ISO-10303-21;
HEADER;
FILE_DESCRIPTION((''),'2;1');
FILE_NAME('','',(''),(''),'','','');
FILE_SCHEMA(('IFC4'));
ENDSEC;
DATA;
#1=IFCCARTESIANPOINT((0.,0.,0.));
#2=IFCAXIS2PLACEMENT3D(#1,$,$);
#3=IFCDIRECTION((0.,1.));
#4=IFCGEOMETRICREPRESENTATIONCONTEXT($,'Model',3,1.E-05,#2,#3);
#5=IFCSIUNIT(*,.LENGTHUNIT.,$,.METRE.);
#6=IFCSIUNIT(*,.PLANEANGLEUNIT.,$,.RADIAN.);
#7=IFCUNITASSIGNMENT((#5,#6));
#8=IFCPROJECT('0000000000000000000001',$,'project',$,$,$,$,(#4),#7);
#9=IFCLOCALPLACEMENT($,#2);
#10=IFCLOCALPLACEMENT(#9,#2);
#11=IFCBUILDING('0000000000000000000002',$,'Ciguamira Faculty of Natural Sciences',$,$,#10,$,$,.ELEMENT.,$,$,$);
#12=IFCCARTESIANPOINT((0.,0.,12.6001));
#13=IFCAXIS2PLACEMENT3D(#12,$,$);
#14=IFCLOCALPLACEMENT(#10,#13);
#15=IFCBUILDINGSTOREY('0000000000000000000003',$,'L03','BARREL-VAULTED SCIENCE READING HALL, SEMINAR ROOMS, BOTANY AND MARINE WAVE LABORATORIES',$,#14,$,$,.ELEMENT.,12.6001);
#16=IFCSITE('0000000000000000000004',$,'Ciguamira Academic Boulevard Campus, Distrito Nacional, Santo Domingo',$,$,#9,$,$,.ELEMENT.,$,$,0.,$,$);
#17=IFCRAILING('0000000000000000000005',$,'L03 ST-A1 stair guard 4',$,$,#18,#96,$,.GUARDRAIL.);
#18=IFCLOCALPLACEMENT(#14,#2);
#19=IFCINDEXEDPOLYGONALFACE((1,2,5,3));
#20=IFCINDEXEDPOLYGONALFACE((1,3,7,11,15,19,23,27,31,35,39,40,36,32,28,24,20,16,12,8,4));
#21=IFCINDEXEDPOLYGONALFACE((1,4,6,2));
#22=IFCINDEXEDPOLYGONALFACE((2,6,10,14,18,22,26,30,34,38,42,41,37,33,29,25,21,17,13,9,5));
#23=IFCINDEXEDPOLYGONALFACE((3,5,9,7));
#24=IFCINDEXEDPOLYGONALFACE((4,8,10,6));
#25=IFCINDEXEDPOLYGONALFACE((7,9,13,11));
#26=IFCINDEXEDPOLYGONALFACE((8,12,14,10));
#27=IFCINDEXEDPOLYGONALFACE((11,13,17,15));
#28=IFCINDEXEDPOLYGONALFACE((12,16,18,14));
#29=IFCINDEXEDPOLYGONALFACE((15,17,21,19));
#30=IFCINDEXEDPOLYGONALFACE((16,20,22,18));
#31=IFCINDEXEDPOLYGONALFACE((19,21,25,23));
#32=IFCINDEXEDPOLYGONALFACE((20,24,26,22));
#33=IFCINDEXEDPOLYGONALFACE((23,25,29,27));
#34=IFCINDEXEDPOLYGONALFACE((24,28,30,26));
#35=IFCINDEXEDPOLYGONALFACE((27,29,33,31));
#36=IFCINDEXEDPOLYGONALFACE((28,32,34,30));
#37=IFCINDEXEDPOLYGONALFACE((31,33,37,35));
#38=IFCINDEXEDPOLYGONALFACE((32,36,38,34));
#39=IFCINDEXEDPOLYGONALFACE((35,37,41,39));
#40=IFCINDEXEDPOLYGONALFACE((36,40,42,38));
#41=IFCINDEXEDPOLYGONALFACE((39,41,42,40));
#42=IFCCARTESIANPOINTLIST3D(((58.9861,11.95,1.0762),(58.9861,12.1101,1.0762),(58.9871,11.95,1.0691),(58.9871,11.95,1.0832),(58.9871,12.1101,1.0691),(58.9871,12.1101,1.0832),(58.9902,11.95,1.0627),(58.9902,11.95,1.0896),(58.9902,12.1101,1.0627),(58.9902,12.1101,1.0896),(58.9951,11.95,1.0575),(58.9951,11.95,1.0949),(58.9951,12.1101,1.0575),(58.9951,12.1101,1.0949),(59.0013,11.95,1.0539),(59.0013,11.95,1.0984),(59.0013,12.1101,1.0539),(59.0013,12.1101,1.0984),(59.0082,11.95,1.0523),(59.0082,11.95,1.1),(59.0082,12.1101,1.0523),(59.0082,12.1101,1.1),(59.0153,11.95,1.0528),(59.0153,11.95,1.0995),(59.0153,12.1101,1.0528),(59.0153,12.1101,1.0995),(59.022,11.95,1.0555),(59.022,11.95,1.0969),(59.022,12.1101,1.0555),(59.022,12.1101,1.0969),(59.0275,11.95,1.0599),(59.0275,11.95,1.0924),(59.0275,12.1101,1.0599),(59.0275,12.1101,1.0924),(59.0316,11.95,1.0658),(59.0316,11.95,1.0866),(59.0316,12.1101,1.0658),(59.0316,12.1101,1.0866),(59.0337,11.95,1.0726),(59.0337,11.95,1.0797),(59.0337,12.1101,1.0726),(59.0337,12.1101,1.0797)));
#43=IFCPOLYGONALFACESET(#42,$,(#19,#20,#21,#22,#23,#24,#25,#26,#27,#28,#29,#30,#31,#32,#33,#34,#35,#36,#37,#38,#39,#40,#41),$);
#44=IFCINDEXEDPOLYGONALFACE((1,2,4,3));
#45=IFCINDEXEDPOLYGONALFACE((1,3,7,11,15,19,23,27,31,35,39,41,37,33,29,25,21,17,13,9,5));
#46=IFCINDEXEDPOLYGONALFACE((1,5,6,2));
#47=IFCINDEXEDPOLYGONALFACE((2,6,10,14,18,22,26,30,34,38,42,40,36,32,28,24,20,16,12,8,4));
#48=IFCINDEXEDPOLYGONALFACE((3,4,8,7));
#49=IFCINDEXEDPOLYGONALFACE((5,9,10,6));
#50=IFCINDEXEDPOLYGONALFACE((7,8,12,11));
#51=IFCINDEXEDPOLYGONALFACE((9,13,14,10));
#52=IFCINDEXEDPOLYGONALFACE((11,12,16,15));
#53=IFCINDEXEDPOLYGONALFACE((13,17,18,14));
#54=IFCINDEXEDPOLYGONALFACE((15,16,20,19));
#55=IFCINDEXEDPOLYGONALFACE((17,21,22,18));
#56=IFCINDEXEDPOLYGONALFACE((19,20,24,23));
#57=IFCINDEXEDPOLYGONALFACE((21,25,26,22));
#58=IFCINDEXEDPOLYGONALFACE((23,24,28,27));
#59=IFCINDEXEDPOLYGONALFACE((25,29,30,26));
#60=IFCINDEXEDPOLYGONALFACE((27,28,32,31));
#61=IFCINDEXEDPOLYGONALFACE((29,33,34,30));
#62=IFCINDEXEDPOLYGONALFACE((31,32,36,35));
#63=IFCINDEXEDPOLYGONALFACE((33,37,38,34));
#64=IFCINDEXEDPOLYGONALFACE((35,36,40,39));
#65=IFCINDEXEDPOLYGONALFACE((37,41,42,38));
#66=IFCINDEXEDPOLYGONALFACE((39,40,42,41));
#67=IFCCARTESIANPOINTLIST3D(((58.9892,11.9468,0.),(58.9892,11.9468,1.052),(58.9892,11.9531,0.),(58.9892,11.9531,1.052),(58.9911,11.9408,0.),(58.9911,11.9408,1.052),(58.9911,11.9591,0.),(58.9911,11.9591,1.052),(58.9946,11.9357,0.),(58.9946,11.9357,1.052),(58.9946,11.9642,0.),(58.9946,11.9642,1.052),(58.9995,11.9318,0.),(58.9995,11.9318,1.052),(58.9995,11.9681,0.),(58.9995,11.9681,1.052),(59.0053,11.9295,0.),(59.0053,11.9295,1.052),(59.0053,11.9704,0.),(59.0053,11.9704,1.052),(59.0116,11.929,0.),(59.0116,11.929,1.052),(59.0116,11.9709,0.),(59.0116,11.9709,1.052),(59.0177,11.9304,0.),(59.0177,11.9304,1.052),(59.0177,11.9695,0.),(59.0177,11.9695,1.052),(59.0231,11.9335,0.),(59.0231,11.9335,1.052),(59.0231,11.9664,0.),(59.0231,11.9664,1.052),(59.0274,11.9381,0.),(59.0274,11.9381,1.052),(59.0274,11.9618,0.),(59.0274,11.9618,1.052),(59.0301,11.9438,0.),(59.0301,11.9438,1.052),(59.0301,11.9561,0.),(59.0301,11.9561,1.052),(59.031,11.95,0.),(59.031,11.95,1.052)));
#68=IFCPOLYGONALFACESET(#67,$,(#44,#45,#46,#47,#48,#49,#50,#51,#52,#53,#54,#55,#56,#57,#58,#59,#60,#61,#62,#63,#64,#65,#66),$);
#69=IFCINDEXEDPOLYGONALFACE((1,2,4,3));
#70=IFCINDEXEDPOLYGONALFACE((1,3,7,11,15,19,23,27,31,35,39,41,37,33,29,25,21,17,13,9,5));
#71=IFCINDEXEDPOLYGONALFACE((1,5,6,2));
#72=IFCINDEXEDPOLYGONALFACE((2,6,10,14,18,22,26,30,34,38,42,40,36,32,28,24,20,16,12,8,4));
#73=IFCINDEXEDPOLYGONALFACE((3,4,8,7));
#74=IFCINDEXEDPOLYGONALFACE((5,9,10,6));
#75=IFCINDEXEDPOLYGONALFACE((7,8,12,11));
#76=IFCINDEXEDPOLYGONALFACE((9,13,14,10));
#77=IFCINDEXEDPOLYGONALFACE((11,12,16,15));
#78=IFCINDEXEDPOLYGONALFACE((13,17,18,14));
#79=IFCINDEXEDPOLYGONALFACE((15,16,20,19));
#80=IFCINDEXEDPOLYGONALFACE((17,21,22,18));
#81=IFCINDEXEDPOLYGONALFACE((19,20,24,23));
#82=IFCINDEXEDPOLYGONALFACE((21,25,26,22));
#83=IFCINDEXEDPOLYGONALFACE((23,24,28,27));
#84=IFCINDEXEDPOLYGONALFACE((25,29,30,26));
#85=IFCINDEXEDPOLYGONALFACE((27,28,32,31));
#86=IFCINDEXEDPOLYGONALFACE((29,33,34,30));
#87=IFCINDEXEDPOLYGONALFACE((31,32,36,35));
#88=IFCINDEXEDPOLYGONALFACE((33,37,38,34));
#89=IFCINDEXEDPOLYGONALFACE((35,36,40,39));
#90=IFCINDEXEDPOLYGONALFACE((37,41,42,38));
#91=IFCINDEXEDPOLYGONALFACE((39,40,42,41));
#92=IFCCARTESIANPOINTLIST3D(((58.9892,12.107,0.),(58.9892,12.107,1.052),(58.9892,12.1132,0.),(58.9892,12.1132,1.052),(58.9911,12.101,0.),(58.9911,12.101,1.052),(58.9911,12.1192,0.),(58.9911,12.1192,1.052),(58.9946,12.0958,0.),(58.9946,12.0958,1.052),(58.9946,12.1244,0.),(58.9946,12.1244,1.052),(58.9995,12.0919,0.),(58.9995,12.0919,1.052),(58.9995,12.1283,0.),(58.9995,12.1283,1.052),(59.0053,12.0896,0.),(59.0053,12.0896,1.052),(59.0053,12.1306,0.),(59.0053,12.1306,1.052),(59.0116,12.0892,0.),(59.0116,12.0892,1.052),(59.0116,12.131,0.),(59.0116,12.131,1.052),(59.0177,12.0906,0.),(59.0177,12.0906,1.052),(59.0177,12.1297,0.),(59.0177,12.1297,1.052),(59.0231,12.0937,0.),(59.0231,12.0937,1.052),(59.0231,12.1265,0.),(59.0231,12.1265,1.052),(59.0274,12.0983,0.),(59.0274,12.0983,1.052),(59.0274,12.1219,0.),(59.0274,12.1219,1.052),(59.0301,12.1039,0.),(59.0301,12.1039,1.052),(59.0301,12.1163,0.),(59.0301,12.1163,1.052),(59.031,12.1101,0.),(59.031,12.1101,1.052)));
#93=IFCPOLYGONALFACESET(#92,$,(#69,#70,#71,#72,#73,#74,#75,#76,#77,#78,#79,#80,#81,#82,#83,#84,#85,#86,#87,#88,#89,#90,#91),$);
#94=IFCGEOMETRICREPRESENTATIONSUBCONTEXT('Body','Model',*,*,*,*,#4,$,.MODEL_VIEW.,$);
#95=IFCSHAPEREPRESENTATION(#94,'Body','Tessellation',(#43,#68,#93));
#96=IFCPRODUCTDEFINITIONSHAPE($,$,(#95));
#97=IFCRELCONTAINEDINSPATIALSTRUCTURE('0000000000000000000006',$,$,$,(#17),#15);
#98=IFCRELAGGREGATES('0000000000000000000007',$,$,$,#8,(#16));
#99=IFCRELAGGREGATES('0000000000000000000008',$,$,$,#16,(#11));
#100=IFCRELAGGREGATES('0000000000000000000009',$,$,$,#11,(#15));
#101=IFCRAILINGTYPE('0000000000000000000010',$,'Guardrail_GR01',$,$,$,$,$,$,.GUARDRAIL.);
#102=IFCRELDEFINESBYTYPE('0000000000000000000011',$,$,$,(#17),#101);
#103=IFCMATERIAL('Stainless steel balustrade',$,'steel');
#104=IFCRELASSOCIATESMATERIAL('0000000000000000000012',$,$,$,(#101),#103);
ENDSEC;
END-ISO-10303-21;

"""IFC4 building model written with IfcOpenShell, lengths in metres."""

from ifc_helpers import new_model, si_unit, direction, frame, origin, origin_2d, place, context, subcontext, project, spatial, circle, extrude, material, type_object, element, save


model = new_model("IFC4")

# Units and contexts
model_context = context("Model", 3, precision=1e-05, world=origin(), true_north=direction((0.0, 1.0)))
body_context = subcontext(model_context, "Body", "Model", "MODEL_VIEW")
ifc_project = project(units=[si_unit("LENGTHUNIT", "METRE"), si_unit("PLANEANGLEUNIT", "RADIAN")], contexts=[model_context])

# Site, building, storey
site_placement = place(None, origin())
site = spatial("IfcSite", under=ifc_project, at=site_placement, Name="Ciguamira Academic Boulevard Campus, Distrito Nacional, Santo Domingo", CompositionType="ELEMENT", RefElevation=0.0)
building_placement = place(site_placement, origin())
building = spatial("IfcBuilding", under=site, at=building_placement, Name="Ciguamira Faculty of Natural Sciences", CompositionType="ELEMENT")
storey_placement = place(building_placement, frame((0.0, 0.0, 12.6001)))
storey = spatial("IfcBuildingStorey", under=building, at=storey_placement, Name="L03", Description="BARREL-VAULTED SCIENCE READING HALL, SEMINAR ROOMS, BOTANY AND MARINE WAVE LABORATORIES", CompositionType="ELEMENT", Elevation=12.6001)

# Railing
ifc_material_1 = material(Name="Stainless steel balustrade", Category="steel")
railing_type_1 = type_object("IfcRailingType", Name="Guardrail_GR01", PredefinedType="GUARDRAIL", material=ifc_material_1)
railing_1_placement = place(storey_placement, frame((59.01, 11.95, 0.0)))
element("IfcRailing", 1, at=railing_1_placement, inside=storey, type_object=railing_type_1, Name="L03 ST-A1 stair guard 4", PredefinedType="GUARDRAIL", context=body_context, shape_type="SweptSolid", body=[
    extrude(circle(Radius=0.0239, at=origin_2d()), frame((0.0, 0.0, 1.0762), z_axis=(0.0, 1.0, 0.0), x_axis=(-1.0, 0.0, 0.0)), (0.0, 0.0, 1.0), 0.1602),
    extrude(circle(Radius=0.021, at=origin_2d()), origin(), (0.0, 0.0, 1.0), 1.052),
    extrude(circle(Radius=0.021, at=origin_2d()), frame((0.0, 0.1602, 0.0)), (0.0, 0.0, 1.0), 1.052),
])

save(model, "model.ifc")
